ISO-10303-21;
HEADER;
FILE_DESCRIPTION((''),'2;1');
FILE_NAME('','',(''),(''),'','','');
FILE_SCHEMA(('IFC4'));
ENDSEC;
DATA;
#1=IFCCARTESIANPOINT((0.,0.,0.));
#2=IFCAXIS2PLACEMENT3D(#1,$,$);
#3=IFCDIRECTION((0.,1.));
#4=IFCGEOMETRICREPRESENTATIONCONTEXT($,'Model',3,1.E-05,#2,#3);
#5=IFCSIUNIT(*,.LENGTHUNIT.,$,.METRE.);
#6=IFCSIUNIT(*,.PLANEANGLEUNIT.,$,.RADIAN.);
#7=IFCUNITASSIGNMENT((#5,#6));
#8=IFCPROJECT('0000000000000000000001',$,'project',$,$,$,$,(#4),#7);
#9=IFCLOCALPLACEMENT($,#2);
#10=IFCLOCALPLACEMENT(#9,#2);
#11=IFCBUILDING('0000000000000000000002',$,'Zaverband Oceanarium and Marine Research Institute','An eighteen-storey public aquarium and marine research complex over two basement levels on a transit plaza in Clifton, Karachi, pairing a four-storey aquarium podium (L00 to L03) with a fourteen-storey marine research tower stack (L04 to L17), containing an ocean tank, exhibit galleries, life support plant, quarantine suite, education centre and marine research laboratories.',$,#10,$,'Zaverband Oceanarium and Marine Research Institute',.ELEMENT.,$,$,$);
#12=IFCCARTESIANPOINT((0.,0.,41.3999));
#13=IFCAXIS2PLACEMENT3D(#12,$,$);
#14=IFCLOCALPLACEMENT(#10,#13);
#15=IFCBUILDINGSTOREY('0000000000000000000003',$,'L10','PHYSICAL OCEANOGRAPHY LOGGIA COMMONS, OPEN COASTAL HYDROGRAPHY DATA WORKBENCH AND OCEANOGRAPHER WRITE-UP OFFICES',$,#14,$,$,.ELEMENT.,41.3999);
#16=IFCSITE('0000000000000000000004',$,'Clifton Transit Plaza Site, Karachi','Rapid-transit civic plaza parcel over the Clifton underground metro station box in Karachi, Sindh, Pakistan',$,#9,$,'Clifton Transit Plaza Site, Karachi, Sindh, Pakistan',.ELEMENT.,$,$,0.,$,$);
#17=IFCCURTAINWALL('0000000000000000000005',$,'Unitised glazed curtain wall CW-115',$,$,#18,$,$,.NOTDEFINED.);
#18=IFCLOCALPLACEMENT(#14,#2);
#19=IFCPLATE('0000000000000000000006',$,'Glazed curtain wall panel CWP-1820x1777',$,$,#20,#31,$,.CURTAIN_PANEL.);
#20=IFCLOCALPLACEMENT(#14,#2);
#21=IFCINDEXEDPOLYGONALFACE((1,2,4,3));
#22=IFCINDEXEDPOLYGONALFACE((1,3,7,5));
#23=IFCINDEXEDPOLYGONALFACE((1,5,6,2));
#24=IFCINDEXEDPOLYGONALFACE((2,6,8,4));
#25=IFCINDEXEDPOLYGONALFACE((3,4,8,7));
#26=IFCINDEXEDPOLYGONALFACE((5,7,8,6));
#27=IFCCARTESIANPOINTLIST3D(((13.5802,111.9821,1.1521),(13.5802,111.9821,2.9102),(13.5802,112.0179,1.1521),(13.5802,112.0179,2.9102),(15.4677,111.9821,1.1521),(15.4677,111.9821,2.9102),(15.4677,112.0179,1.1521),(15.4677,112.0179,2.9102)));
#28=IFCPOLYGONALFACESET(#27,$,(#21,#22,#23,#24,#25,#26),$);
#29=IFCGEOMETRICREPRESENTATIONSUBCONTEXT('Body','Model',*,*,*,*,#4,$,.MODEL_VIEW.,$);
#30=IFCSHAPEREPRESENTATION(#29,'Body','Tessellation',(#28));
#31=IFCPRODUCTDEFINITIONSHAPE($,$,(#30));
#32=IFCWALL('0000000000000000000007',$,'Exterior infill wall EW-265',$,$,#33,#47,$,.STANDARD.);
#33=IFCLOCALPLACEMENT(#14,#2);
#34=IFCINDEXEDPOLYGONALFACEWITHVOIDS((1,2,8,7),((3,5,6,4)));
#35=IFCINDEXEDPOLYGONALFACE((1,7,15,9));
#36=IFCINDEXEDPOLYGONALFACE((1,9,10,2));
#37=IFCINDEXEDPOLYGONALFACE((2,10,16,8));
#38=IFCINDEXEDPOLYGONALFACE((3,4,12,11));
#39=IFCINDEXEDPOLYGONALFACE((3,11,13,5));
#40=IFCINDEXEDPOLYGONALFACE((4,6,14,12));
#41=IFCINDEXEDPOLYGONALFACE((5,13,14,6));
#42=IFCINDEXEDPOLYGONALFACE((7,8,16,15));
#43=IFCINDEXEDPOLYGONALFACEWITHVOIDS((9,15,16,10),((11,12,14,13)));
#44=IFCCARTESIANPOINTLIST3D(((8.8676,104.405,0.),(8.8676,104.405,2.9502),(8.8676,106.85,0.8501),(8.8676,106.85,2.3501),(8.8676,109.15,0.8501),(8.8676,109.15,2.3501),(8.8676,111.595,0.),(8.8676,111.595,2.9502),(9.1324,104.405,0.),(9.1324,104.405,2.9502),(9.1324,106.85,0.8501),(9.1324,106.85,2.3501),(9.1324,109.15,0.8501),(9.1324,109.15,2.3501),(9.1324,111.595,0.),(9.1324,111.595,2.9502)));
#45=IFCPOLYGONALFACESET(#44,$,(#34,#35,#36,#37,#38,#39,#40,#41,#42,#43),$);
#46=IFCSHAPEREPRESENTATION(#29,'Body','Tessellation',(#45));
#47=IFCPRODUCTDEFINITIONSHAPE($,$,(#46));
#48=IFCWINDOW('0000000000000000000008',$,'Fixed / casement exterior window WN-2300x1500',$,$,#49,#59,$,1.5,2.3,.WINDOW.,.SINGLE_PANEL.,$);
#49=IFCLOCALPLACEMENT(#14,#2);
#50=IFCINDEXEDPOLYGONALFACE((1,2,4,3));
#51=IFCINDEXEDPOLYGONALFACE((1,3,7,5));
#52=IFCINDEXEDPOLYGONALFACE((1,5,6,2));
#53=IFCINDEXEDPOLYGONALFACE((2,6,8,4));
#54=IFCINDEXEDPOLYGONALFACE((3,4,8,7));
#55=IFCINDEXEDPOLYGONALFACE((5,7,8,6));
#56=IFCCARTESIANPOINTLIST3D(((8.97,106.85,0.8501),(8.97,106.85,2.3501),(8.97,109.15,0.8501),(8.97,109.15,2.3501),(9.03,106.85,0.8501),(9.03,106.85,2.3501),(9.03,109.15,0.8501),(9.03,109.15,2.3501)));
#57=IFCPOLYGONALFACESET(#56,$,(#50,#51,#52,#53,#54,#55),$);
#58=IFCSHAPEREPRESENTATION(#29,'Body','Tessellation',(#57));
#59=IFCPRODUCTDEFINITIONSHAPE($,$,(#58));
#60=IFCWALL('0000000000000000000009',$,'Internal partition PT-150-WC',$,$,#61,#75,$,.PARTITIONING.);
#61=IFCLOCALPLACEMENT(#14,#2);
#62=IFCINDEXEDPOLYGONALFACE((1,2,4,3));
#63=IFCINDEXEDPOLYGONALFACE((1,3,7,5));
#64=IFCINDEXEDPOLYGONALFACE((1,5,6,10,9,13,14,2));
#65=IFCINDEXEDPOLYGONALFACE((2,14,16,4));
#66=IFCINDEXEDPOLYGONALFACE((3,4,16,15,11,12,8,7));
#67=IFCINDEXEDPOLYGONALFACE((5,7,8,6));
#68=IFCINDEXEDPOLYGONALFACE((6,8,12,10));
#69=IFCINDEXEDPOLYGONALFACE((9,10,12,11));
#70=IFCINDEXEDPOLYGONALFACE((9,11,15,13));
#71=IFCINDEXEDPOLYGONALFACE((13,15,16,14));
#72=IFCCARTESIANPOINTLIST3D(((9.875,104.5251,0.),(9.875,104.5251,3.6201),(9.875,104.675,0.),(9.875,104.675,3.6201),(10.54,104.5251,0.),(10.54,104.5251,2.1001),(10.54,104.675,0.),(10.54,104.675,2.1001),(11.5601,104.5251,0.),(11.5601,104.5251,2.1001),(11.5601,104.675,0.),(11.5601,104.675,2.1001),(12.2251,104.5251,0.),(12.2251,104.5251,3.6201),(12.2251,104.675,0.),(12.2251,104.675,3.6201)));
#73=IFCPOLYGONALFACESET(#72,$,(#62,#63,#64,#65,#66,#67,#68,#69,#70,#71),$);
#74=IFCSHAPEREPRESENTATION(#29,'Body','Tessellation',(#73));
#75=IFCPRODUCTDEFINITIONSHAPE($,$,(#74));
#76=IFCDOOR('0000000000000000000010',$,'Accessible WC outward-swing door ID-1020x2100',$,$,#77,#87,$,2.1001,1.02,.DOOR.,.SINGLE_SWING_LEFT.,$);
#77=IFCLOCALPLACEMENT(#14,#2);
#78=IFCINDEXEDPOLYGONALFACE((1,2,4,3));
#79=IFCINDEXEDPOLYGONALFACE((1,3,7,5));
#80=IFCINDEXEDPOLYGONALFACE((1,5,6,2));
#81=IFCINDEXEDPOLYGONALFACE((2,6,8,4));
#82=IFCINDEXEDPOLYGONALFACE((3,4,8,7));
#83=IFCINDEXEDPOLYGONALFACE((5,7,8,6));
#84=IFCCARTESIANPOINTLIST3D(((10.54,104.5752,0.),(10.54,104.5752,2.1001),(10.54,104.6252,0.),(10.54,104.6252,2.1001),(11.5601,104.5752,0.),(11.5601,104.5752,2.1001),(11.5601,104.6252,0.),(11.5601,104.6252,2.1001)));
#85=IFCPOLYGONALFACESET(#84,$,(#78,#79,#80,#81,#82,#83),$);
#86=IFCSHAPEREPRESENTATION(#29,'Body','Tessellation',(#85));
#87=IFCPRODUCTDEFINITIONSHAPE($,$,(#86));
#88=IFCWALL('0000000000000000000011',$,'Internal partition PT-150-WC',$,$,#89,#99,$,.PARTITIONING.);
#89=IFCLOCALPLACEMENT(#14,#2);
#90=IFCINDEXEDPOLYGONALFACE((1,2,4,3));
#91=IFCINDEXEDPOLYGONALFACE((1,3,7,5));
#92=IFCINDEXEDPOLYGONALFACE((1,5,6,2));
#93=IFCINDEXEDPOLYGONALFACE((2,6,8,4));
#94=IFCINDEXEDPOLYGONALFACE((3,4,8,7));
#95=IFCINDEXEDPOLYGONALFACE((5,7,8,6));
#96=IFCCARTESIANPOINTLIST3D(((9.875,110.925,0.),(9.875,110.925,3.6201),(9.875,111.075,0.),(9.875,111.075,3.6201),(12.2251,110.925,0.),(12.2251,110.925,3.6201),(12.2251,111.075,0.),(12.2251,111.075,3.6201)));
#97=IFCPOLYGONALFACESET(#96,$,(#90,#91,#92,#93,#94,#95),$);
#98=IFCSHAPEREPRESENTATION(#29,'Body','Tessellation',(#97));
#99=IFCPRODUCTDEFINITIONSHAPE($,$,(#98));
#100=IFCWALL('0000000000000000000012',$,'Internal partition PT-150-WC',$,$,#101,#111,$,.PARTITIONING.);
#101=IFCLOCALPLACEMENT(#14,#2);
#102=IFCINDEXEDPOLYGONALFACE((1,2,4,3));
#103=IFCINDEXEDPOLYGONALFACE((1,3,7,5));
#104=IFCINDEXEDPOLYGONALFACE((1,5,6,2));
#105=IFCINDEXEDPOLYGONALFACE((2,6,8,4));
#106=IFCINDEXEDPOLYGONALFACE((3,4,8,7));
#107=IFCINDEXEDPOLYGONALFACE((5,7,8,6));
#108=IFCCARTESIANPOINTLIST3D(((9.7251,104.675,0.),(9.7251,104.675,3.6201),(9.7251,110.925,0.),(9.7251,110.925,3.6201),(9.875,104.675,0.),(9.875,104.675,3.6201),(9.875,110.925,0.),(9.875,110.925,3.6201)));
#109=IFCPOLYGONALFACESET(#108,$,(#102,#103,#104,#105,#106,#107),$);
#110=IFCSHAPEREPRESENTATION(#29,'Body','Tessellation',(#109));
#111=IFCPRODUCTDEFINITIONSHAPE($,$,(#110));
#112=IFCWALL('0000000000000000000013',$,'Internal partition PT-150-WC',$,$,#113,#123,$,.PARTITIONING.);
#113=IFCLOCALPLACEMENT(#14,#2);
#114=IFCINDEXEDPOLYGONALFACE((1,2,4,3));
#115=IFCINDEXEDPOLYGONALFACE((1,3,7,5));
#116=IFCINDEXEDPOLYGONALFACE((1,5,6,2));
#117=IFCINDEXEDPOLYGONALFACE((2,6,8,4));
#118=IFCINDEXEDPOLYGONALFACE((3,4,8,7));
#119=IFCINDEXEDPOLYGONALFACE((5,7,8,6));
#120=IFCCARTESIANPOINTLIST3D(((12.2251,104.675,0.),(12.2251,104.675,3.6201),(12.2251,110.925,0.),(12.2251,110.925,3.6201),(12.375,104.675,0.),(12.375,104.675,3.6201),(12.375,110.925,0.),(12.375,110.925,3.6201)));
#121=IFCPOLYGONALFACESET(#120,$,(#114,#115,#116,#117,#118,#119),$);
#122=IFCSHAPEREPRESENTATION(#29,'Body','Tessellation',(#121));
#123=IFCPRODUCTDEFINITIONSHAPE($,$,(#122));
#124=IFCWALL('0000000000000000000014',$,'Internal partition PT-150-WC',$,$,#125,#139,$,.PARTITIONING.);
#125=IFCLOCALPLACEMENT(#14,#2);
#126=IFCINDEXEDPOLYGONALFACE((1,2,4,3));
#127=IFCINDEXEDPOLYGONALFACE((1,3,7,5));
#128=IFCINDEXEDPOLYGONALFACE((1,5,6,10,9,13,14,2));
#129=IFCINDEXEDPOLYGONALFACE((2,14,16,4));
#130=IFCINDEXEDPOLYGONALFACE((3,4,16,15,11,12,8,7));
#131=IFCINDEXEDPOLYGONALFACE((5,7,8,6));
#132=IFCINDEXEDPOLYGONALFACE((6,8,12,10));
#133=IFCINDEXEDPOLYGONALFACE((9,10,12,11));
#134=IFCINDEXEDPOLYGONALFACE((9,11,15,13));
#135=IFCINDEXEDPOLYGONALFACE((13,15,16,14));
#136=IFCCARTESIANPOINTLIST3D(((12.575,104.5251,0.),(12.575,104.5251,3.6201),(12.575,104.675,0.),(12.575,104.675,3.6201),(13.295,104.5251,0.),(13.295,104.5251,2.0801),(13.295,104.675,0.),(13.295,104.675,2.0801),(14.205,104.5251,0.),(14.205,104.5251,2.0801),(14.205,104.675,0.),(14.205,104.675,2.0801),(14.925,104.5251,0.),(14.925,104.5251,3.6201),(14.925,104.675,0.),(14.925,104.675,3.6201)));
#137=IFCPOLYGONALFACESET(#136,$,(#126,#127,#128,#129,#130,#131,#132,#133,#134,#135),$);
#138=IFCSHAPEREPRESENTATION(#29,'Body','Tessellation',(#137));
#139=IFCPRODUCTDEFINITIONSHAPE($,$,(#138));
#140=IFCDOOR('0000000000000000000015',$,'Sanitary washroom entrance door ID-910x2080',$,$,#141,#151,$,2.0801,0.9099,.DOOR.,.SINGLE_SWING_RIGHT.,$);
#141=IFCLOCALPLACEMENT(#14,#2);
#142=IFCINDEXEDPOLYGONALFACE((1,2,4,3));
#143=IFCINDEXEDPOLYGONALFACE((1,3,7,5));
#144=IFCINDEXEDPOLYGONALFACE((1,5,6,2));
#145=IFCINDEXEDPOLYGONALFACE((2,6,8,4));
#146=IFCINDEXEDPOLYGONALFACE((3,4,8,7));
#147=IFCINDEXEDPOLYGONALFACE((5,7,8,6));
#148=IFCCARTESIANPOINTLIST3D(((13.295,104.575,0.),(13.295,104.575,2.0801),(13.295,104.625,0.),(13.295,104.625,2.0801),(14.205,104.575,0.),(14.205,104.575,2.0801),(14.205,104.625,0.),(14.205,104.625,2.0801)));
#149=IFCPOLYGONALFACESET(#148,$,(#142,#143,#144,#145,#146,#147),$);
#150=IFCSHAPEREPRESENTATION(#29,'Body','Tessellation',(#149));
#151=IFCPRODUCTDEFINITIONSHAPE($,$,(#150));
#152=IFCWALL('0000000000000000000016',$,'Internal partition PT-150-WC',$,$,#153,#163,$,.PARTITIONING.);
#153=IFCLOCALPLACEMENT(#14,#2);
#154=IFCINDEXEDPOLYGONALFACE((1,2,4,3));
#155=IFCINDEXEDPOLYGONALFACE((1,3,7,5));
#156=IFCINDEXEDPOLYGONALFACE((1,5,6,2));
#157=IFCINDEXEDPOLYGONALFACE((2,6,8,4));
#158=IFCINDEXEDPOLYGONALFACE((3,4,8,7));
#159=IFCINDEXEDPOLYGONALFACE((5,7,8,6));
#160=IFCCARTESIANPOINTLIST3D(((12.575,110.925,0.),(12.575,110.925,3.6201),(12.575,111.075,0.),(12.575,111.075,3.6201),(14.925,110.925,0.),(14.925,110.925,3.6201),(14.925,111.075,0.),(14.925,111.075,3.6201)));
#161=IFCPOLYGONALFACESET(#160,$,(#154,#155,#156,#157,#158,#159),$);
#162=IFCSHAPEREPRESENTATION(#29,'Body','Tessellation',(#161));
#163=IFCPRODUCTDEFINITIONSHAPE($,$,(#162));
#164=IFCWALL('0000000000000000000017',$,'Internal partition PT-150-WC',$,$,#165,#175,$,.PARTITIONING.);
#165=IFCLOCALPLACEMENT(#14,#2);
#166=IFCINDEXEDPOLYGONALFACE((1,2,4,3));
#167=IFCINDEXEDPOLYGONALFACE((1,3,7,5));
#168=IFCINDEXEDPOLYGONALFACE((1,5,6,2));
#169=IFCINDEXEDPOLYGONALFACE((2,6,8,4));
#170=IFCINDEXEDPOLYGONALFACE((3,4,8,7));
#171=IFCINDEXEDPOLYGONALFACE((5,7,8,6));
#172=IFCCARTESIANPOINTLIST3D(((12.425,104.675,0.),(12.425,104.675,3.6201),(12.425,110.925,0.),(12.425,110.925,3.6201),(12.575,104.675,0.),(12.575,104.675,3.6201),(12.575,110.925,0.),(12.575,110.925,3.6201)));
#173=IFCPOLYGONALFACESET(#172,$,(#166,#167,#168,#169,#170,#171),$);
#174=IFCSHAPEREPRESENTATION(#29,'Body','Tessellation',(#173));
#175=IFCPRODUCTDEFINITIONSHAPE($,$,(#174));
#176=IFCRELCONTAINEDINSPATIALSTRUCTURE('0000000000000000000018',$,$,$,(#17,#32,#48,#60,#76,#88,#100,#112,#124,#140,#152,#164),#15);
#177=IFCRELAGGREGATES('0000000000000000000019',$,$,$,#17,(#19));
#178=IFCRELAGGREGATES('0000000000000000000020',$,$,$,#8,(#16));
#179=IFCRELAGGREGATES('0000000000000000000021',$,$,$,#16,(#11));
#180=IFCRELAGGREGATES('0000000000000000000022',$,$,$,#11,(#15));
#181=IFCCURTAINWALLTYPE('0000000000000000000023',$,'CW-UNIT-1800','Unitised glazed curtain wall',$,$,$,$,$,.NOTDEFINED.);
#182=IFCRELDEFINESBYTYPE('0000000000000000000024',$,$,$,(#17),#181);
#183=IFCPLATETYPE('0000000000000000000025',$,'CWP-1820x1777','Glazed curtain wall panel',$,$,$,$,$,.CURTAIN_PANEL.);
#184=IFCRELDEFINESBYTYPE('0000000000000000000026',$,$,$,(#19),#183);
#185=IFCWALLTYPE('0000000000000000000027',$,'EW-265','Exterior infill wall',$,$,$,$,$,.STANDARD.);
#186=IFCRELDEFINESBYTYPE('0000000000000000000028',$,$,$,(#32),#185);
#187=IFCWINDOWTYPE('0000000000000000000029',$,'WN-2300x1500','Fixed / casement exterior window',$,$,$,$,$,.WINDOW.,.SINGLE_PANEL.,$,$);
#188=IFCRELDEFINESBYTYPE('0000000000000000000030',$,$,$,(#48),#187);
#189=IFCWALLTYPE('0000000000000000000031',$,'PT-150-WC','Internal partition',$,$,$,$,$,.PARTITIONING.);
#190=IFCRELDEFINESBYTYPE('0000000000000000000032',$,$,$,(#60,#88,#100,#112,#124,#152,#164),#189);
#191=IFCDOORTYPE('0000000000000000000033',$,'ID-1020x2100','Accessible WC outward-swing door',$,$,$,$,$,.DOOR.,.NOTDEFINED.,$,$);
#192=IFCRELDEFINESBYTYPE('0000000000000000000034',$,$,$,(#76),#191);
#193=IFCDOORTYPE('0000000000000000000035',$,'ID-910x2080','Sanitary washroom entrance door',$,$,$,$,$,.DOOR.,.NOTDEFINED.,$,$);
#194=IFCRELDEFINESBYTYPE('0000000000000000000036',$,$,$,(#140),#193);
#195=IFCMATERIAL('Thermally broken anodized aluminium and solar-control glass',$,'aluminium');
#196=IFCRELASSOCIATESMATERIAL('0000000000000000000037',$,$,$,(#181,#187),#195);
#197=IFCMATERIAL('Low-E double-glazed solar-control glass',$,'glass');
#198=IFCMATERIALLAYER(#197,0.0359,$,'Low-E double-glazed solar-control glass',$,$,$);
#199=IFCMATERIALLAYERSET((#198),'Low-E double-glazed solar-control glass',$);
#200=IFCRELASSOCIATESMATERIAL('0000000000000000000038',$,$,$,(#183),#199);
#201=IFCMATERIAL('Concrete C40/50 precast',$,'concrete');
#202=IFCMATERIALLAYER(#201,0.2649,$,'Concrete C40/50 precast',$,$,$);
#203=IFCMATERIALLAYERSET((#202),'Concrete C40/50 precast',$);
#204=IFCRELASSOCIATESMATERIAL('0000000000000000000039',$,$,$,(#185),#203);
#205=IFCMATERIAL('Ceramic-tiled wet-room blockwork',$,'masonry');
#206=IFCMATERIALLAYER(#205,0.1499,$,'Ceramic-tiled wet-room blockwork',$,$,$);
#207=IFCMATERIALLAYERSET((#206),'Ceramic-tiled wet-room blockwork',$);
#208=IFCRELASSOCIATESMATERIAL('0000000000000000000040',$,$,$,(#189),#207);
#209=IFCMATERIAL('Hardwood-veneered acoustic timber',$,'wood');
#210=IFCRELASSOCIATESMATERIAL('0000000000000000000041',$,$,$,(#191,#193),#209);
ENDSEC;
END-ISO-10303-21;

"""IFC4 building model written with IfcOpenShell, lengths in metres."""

from ifc_helpers import new_model, si_unit, direction, frame, frame_2d, origin, place, context, subcontext, project, spatial, rectangle, extrude, material, layer, layer_set, type_object, element, fill, aggregate, save


model = new_model("IFC4")

# Units and contexts
model_context = context("Model", 3, precision=1e-05, world=origin(), true_north=direction((0.0, 1.0)))
body_context = subcontext(model_context, "Body", "Model", "MODEL_VIEW")
ifc_project = project(units=[si_unit("LENGTHUNIT", "METRE"), si_unit("PLANEANGLEUNIT", "RADIAN")], contexts=[model_context])

# Site, building, storey
site_placement = place(None, origin())
site = spatial("IfcSite", under=ifc_project, at=site_placement, Name="Clifton Transit Plaza Site, Karachi", Description="Rapid-transit civic plaza parcel over the Clifton underground metro station box in Karachi, Sindh, Pakistan", LongName="Clifton Transit Plaza Site, Karachi, Sindh, Pakistan", CompositionType="ELEMENT", RefElevation=0.0)
building_placement = place(site_placement, origin())
building = spatial("IfcBuilding", under=site, at=building_placement, Name="Zaverband Oceanarium and Marine Research Institute", Description="An eighteen-storey public aquarium and marine research complex over two basement levels on a transit plaza in Clifton, Karachi, pairing a four-storey aquarium podium (L00 to L03) with a fourteen-storey marine research tower stack (L04 to L17), containing an ocean tank, exhibit galleries, life support plant, quarantine suite, education centre and marine research laboratories.", LongName="Zaverband Oceanarium and Marine Research Institute", CompositionType="ELEMENT")
storey_placement = place(building_placement, frame((0.0, 0.0, 41.3999)))
storey = spatial("IfcBuildingStorey", under=building, at=storey_placement, Name="L10", Description="PHYSICAL OCEANOGRAPHY LOGGIA COMMONS, OPEN COASTAL HYDROGRAPHY DATA WORKBENCH AND OCEANOGRAPHER WRITE-UP OFFICES", CompositionType="ELEMENT", Elevation=41.3999)

# Curtain wall
ifc_material_1 = material(Name="Thermally broken anodized aluminium and solar-control glass", Category="aluminium")
curtain_wall_type = type_object("IfcCurtainWallType", Name="CW-UNIT-1800", Description="Unitised glazed curtain wall", PredefinedType="NOTDEFINED", material=ifc_material_1)
curtain_wall_placement = place(storey_placement, origin())
curtain_wall = element("IfcCurtainWall", 1, at=curtain_wall_placement, inside=storey, type_object=curtain_wall_type, Name="Unitised glazed curtain wall CW-115", PredefinedType="NOTDEFINED")

# Plate
ifc_material_2 = material(Name="Low-E double-glazed solar-control glass", Category="glass")
ifc_layer_1 = layer(ifc_material_2, 0.0359, Name="Low-E double-glazed solar-control glass")
ifc_layer_set_1 = layer_set([ifc_layer_1], Name="Low-E double-glazed solar-control glass")
plate_type_1 = type_object("IfcPlateType", Name="CWP-1820x1777", Description="Glazed curtain wall panel", PredefinedType="CURTAIN_PANEL", material=ifc_layer_set_1)
plate_1_placement = place(storey_placement, frame((13.5801, 112.0, 1.1521), z_axis=(0.0, 0.0, 1.0), x_axis=(1.0, 0.0, 0.0)))
plate_1 = element("IfcPlate", 2, at=plate_1_placement, type_object=plate_type_1, Name="Glazed curtain wall panel CWP-1820x1777", PredefinedType="CURTAIN_PANEL", context=body_context, shape_type="SweptSolid", body=[
    extrude(rectangle(XDim=1.8875, YDim=0.0359, at=frame_2d((0.9438, 0.0))), origin(), (0.0, 0.0, 1.0), 1.7581),
])
aggregate(curtain_wall, [plate_1])

# Wall, opening, window
ifc_material_3 = material(Name="Concrete C40/50 precast", Category="concrete")
ifc_layer_2 = layer(ifc_material_3, 0.2649, Name="Concrete C40/50 precast")
ifc_layer_set_2 = layer_set([ifc_layer_2], Name="Concrete C40/50 precast")
wall_type_1 = type_object("IfcWallType", Name="EW-265", Description="Exterior infill wall", PredefinedType="STANDARD", material=ifc_layer_set_2)
wall_1_placement = place(storey_placement, frame((9.0, 104.405, 0.0), z_axis=(0.0, 0.0, 1.0), x_axis=(0.0, 1.0, 0.0)))
wall_1 = element("IfcWall", 3, at=wall_1_placement, inside=storey, type_object=wall_type_1, Name="Exterior infill wall EW-265", PredefinedType="STANDARD", context=body_context, shape_type="SweptSolid", body=[
    extrude(rectangle(XDim=7.1899, YDim=0.2649, at=frame_2d((3.595, 0.0))), origin(), (0.0, 0.0, 1.0), 2.9502),
])
opening_1_placement = place(wall_1_placement, frame((2.4451, 0.0, 0.8501)))
opening_1 = element("IfcOpeningElement", 4, at=opening_1_placement, cuts=wall_1, PredefinedType="OPENING", context=body_context, shape_type="SweptSolid", body=[
    extrude(rectangle(XDim=2.3, YDim=1.5, at=frame_2d((1.1499, 0.75))), frame((0.0, 0.1445, 0.0), z_axis=(0.0, -1.0, 0.0), x_axis=(1.0, 0.0, 0.0)), (0.0, 0.0, 1.0), 0.2888),
])
window_type = type_object("IfcWindowType", Name="WN-2300x1500", Description="Fixed / casement exterior window", PartitioningType="SINGLE_PANEL", PredefinedType="WINDOW", material=ifc_material_1)
window_placement = place(opening_1_placement, origin())
window = element("IfcWindow", 5, at=window_placement, inside=storey, type_object=window_type, Name="Fixed / casement exterior window WN-2300x1500", OverallHeight=1.5, OverallWidth=2.3, PartitioningType="SINGLE_PANEL", PredefinedType="WINDOW", context=body_context, shape_type="SweptSolid", body=[
    extrude(rectangle(XDim=2.3, YDim=1.5, at=frame_2d((1.1499, 0.75))), frame((0.0, 0.03, 0.0), z_axis=(0.0, -1.0, 0.0), x_axis=(1.0, 0.0, 0.0)), (0.0, 0.0, 1.0), 0.0601),
])
fill(opening_1, window)

# Wall, opening, door
ifc_material_4 = material(Name="Ceramic-tiled wet-room blockwork", Category="masonry")
ifc_layer_3 = layer(ifc_material_4, 0.1499, Name="Ceramic-tiled wet-room blockwork")
ifc_layer_set_3 = layer_set([ifc_layer_3], Name="Ceramic-tiled wet-room blockwork")
wall_type_2 = type_object("IfcWallType", Name="PT-150-WC", Description="Internal partition", PredefinedType="PARTITIONING", material=ifc_layer_set_3)
wall_2_placement = place(storey_placement, frame((9.875, 104.6001, 0.0), z_axis=(0.0, 0.0, 1.0), x_axis=(1.0, 0.0, 0.0)))
wall_2 = element("IfcWall", 6, at=wall_2_placement, inside=storey, type_object=wall_type_2, Name="Internal partition PT-150-WC", PredefinedType="PARTITIONING", context=body_context, shape_type="SweptSolid", body=[
    extrude(rectangle(XDim=2.3501, YDim=0.1499, at=frame_2d((1.175, 0.0))), origin(), (0.0, 0.0, 1.0), 3.6201),
])
opening_2_placement = place(wall_2_placement, frame((0.665, 0.0, 0.0)))
opening_2 = element("IfcOpeningElement", 7, at=opening_2_placement, cuts=wall_2, PredefinedType="OPENING", context=body_context, shape_type="SweptSolid", body=[
    extrude(rectangle(XDim=1.02, YDim=2.1001, at=frame_2d((0.51, 1.05))), frame((0.0, 0.0869, 0.0), z_axis=(0.0, -1.0, 0.0), x_axis=(1.0, 0.0, 0.0)), (0.0, 0.0, 1.0), 0.1738),
])
ifc_material_5 = material(Name="Hardwood-veneered acoustic timber", Category="wood")
door_type_1 = type_object("IfcDoorType", Name="ID-1020x2100", Description="Accessible WC outward-swing door", OperationType="NOTDEFINED", PredefinedType="DOOR", material=ifc_material_5)
door_1_placement = place(opening_2_placement, frame((1.02, 0.0, 0.0), z_axis=(0.0, 0.0, 1.0), x_axis=(-1.0, 0.0, 0.0)))
door_1 = element("IfcDoor", 8, at=door_1_placement, inside=storey, type_object=door_type_1, Name="Accessible WC outward-swing door ID-1020x2100", OperationType="SINGLE_SWING_LEFT", OverallHeight=2.1001, OverallWidth=1.02, PredefinedType="DOOR", context=body_context, shape_type="SweptSolid", body=[
    extrude(rectangle(XDim=1.02, YDim=2.1001, at=frame_2d((0.51, 1.05))), frame((0.0, 0.0249, 0.0), z_axis=(0.0, -1.0, 0.0), x_axis=(1.0, 0.0, 0.0)), (0.0, 0.0, 1.0), 0.05),
])
fill(opening_2, door_1)

# Walls
wall_3_placement = place(storey_placement, frame((9.875, 111.0, 0.0), z_axis=(0.0, 0.0, 1.0), x_axis=(1.0, 0.0, 0.0)))
element("IfcWall", 9, at=wall_3_placement, inside=storey, type_object=wall_type_2, Name="Internal partition PT-150-WC", PredefinedType="PARTITIONING", context=body_context, shape_type="SweptSolid", body=[
    extrude(rectangle(XDim=2.3501, YDim=0.1499, at=frame_2d((1.175, 0.0))), origin(), (0.0, 0.0, 1.0), 3.6201),
])
for number, where, z_axis, x_axis, name in (
    (10, (9.8, 104.675, 0.0), (0.0, 0.0, 1.0), (0.0, 1.0, 0.0), "Internal partition PT-150-WC"),
    (11, (12.3, 104.675, 0.0), (0.0, 0.0, 1.0), (0.0, 1.0, 0.0), "Internal partition PT-150-WC"),
):
    element("IfcWall", number, at=place(storey_placement, frame(where, z_axis=z_axis, x_axis=x_axis)), inside=storey, type_object=wall_type_2, Name=name, PredefinedType="PARTITIONING", context=body_context, shape_type="SweptSolid", body=[
        extrude(rectangle(XDim=6.25, YDim=0.1499, at=frame_2d((3.125, 0.0))), origin(), (0.0, 0.0, 1.0), 3.6201),
    ])

# Wall, opening, door
wall_4_placement = place(storey_placement, frame((12.575, 104.6001, 0.0), z_axis=(0.0, 0.0, 1.0), x_axis=(1.0, 0.0, 0.0)))
wall_4 = element("IfcWall", 12, at=wall_4_placement, inside=storey, type_object=wall_type_2, Name="Internal partition PT-150-WC", PredefinedType="PARTITIONING", context=body_context, shape_type="SweptSolid", body=[
    extrude(rectangle(XDim=2.3501, YDim=0.1499, at=frame_2d((1.175, 0.0))), origin(), (0.0, 0.0, 1.0), 3.6201),
])
opening_3_placement = place(wall_4_placement, frame((0.72, 0.0, 0.0)))
opening_3 = element("IfcOpeningElement", 13, at=opening_3_placement, cuts=wall_4, PredefinedType="OPENING", context=body_context, shape_type="SweptSolid", body=[
    extrude(rectangle(XDim=0.9099, YDim=2.0801, at=frame_2d((0.4551, 1.04))), frame((0.0, 0.0869, 0.0), z_axis=(0.0, -1.0, 0.0), x_axis=(1.0, 0.0, 0.0)), (0.0, 0.0, 1.0), 0.1738),
])
door_type_2 = type_object("IfcDoorType", Name="ID-910x2080", Description="Sanitary washroom entrance door", OperationType="NOTDEFINED", PredefinedType="DOOR", material=ifc_material_5)
door_2_placement = place(opening_3_placement, origin())
door_2 = element("IfcDoor", 14, at=door_2_placement, inside=storey, type_object=door_type_2, Name="Sanitary washroom entrance door ID-910x2080", OperationType="SINGLE_SWING_RIGHT", OverallHeight=2.0801, OverallWidth=0.9099, PredefinedType="DOOR", context=body_context, shape_type="SweptSolid", body=[
    extrude(rectangle(XDim=0.9099, YDim=2.0801, at=frame_2d((0.4551, 1.04))), frame((0.0, 0.0249, 0.0), z_axis=(0.0, -1.0, 0.0), x_axis=(1.0, 0.0, 0.0)), (0.0, 0.0, 1.0), 0.05),
])
fill(opening_3, door_2)

# Walls
wall_5_placement = place(storey_placement, frame((12.575, 111.0, 0.0), z_axis=(0.0, 0.0, 1.0), x_axis=(1.0, 0.0, 0.0)))
element("IfcWall", 15, at=wall_5_placement, inside=storey, type_object=wall_type_2, Name="Internal partition PT-150-WC", PredefinedType="PARTITIONING", context=body_context, shape_type="SweptSolid", body=[
    extrude(rectangle(XDim=2.3501, YDim=0.1499, at=frame_2d((1.175, 0.0))), origin(), (0.0, 0.0, 1.0), 3.6201),
])
for number, where, z_axis, x_axis, name in (
    (16, (12.5, 104.675, 0.0), (0.0, 0.0, 1.0), (0.0, 1.0, 0.0), "Internal partition PT-150-WC"),
):
    element("IfcWall", number, at=place(storey_placement, frame(where, z_axis=z_axis, x_axis=x_axis)), inside=storey, type_object=wall_type_2, Name=name, PredefinedType="PARTITIONING", context=body_context, shape_type="SweptSolid", body=[
        extrude(rectangle(XDim=6.25, YDim=0.1499, at=frame_2d((3.125, 0.0))), origin(), (0.0, 0.0, 1.0), 3.6201),
    ])

save(model, "model.ifc")
